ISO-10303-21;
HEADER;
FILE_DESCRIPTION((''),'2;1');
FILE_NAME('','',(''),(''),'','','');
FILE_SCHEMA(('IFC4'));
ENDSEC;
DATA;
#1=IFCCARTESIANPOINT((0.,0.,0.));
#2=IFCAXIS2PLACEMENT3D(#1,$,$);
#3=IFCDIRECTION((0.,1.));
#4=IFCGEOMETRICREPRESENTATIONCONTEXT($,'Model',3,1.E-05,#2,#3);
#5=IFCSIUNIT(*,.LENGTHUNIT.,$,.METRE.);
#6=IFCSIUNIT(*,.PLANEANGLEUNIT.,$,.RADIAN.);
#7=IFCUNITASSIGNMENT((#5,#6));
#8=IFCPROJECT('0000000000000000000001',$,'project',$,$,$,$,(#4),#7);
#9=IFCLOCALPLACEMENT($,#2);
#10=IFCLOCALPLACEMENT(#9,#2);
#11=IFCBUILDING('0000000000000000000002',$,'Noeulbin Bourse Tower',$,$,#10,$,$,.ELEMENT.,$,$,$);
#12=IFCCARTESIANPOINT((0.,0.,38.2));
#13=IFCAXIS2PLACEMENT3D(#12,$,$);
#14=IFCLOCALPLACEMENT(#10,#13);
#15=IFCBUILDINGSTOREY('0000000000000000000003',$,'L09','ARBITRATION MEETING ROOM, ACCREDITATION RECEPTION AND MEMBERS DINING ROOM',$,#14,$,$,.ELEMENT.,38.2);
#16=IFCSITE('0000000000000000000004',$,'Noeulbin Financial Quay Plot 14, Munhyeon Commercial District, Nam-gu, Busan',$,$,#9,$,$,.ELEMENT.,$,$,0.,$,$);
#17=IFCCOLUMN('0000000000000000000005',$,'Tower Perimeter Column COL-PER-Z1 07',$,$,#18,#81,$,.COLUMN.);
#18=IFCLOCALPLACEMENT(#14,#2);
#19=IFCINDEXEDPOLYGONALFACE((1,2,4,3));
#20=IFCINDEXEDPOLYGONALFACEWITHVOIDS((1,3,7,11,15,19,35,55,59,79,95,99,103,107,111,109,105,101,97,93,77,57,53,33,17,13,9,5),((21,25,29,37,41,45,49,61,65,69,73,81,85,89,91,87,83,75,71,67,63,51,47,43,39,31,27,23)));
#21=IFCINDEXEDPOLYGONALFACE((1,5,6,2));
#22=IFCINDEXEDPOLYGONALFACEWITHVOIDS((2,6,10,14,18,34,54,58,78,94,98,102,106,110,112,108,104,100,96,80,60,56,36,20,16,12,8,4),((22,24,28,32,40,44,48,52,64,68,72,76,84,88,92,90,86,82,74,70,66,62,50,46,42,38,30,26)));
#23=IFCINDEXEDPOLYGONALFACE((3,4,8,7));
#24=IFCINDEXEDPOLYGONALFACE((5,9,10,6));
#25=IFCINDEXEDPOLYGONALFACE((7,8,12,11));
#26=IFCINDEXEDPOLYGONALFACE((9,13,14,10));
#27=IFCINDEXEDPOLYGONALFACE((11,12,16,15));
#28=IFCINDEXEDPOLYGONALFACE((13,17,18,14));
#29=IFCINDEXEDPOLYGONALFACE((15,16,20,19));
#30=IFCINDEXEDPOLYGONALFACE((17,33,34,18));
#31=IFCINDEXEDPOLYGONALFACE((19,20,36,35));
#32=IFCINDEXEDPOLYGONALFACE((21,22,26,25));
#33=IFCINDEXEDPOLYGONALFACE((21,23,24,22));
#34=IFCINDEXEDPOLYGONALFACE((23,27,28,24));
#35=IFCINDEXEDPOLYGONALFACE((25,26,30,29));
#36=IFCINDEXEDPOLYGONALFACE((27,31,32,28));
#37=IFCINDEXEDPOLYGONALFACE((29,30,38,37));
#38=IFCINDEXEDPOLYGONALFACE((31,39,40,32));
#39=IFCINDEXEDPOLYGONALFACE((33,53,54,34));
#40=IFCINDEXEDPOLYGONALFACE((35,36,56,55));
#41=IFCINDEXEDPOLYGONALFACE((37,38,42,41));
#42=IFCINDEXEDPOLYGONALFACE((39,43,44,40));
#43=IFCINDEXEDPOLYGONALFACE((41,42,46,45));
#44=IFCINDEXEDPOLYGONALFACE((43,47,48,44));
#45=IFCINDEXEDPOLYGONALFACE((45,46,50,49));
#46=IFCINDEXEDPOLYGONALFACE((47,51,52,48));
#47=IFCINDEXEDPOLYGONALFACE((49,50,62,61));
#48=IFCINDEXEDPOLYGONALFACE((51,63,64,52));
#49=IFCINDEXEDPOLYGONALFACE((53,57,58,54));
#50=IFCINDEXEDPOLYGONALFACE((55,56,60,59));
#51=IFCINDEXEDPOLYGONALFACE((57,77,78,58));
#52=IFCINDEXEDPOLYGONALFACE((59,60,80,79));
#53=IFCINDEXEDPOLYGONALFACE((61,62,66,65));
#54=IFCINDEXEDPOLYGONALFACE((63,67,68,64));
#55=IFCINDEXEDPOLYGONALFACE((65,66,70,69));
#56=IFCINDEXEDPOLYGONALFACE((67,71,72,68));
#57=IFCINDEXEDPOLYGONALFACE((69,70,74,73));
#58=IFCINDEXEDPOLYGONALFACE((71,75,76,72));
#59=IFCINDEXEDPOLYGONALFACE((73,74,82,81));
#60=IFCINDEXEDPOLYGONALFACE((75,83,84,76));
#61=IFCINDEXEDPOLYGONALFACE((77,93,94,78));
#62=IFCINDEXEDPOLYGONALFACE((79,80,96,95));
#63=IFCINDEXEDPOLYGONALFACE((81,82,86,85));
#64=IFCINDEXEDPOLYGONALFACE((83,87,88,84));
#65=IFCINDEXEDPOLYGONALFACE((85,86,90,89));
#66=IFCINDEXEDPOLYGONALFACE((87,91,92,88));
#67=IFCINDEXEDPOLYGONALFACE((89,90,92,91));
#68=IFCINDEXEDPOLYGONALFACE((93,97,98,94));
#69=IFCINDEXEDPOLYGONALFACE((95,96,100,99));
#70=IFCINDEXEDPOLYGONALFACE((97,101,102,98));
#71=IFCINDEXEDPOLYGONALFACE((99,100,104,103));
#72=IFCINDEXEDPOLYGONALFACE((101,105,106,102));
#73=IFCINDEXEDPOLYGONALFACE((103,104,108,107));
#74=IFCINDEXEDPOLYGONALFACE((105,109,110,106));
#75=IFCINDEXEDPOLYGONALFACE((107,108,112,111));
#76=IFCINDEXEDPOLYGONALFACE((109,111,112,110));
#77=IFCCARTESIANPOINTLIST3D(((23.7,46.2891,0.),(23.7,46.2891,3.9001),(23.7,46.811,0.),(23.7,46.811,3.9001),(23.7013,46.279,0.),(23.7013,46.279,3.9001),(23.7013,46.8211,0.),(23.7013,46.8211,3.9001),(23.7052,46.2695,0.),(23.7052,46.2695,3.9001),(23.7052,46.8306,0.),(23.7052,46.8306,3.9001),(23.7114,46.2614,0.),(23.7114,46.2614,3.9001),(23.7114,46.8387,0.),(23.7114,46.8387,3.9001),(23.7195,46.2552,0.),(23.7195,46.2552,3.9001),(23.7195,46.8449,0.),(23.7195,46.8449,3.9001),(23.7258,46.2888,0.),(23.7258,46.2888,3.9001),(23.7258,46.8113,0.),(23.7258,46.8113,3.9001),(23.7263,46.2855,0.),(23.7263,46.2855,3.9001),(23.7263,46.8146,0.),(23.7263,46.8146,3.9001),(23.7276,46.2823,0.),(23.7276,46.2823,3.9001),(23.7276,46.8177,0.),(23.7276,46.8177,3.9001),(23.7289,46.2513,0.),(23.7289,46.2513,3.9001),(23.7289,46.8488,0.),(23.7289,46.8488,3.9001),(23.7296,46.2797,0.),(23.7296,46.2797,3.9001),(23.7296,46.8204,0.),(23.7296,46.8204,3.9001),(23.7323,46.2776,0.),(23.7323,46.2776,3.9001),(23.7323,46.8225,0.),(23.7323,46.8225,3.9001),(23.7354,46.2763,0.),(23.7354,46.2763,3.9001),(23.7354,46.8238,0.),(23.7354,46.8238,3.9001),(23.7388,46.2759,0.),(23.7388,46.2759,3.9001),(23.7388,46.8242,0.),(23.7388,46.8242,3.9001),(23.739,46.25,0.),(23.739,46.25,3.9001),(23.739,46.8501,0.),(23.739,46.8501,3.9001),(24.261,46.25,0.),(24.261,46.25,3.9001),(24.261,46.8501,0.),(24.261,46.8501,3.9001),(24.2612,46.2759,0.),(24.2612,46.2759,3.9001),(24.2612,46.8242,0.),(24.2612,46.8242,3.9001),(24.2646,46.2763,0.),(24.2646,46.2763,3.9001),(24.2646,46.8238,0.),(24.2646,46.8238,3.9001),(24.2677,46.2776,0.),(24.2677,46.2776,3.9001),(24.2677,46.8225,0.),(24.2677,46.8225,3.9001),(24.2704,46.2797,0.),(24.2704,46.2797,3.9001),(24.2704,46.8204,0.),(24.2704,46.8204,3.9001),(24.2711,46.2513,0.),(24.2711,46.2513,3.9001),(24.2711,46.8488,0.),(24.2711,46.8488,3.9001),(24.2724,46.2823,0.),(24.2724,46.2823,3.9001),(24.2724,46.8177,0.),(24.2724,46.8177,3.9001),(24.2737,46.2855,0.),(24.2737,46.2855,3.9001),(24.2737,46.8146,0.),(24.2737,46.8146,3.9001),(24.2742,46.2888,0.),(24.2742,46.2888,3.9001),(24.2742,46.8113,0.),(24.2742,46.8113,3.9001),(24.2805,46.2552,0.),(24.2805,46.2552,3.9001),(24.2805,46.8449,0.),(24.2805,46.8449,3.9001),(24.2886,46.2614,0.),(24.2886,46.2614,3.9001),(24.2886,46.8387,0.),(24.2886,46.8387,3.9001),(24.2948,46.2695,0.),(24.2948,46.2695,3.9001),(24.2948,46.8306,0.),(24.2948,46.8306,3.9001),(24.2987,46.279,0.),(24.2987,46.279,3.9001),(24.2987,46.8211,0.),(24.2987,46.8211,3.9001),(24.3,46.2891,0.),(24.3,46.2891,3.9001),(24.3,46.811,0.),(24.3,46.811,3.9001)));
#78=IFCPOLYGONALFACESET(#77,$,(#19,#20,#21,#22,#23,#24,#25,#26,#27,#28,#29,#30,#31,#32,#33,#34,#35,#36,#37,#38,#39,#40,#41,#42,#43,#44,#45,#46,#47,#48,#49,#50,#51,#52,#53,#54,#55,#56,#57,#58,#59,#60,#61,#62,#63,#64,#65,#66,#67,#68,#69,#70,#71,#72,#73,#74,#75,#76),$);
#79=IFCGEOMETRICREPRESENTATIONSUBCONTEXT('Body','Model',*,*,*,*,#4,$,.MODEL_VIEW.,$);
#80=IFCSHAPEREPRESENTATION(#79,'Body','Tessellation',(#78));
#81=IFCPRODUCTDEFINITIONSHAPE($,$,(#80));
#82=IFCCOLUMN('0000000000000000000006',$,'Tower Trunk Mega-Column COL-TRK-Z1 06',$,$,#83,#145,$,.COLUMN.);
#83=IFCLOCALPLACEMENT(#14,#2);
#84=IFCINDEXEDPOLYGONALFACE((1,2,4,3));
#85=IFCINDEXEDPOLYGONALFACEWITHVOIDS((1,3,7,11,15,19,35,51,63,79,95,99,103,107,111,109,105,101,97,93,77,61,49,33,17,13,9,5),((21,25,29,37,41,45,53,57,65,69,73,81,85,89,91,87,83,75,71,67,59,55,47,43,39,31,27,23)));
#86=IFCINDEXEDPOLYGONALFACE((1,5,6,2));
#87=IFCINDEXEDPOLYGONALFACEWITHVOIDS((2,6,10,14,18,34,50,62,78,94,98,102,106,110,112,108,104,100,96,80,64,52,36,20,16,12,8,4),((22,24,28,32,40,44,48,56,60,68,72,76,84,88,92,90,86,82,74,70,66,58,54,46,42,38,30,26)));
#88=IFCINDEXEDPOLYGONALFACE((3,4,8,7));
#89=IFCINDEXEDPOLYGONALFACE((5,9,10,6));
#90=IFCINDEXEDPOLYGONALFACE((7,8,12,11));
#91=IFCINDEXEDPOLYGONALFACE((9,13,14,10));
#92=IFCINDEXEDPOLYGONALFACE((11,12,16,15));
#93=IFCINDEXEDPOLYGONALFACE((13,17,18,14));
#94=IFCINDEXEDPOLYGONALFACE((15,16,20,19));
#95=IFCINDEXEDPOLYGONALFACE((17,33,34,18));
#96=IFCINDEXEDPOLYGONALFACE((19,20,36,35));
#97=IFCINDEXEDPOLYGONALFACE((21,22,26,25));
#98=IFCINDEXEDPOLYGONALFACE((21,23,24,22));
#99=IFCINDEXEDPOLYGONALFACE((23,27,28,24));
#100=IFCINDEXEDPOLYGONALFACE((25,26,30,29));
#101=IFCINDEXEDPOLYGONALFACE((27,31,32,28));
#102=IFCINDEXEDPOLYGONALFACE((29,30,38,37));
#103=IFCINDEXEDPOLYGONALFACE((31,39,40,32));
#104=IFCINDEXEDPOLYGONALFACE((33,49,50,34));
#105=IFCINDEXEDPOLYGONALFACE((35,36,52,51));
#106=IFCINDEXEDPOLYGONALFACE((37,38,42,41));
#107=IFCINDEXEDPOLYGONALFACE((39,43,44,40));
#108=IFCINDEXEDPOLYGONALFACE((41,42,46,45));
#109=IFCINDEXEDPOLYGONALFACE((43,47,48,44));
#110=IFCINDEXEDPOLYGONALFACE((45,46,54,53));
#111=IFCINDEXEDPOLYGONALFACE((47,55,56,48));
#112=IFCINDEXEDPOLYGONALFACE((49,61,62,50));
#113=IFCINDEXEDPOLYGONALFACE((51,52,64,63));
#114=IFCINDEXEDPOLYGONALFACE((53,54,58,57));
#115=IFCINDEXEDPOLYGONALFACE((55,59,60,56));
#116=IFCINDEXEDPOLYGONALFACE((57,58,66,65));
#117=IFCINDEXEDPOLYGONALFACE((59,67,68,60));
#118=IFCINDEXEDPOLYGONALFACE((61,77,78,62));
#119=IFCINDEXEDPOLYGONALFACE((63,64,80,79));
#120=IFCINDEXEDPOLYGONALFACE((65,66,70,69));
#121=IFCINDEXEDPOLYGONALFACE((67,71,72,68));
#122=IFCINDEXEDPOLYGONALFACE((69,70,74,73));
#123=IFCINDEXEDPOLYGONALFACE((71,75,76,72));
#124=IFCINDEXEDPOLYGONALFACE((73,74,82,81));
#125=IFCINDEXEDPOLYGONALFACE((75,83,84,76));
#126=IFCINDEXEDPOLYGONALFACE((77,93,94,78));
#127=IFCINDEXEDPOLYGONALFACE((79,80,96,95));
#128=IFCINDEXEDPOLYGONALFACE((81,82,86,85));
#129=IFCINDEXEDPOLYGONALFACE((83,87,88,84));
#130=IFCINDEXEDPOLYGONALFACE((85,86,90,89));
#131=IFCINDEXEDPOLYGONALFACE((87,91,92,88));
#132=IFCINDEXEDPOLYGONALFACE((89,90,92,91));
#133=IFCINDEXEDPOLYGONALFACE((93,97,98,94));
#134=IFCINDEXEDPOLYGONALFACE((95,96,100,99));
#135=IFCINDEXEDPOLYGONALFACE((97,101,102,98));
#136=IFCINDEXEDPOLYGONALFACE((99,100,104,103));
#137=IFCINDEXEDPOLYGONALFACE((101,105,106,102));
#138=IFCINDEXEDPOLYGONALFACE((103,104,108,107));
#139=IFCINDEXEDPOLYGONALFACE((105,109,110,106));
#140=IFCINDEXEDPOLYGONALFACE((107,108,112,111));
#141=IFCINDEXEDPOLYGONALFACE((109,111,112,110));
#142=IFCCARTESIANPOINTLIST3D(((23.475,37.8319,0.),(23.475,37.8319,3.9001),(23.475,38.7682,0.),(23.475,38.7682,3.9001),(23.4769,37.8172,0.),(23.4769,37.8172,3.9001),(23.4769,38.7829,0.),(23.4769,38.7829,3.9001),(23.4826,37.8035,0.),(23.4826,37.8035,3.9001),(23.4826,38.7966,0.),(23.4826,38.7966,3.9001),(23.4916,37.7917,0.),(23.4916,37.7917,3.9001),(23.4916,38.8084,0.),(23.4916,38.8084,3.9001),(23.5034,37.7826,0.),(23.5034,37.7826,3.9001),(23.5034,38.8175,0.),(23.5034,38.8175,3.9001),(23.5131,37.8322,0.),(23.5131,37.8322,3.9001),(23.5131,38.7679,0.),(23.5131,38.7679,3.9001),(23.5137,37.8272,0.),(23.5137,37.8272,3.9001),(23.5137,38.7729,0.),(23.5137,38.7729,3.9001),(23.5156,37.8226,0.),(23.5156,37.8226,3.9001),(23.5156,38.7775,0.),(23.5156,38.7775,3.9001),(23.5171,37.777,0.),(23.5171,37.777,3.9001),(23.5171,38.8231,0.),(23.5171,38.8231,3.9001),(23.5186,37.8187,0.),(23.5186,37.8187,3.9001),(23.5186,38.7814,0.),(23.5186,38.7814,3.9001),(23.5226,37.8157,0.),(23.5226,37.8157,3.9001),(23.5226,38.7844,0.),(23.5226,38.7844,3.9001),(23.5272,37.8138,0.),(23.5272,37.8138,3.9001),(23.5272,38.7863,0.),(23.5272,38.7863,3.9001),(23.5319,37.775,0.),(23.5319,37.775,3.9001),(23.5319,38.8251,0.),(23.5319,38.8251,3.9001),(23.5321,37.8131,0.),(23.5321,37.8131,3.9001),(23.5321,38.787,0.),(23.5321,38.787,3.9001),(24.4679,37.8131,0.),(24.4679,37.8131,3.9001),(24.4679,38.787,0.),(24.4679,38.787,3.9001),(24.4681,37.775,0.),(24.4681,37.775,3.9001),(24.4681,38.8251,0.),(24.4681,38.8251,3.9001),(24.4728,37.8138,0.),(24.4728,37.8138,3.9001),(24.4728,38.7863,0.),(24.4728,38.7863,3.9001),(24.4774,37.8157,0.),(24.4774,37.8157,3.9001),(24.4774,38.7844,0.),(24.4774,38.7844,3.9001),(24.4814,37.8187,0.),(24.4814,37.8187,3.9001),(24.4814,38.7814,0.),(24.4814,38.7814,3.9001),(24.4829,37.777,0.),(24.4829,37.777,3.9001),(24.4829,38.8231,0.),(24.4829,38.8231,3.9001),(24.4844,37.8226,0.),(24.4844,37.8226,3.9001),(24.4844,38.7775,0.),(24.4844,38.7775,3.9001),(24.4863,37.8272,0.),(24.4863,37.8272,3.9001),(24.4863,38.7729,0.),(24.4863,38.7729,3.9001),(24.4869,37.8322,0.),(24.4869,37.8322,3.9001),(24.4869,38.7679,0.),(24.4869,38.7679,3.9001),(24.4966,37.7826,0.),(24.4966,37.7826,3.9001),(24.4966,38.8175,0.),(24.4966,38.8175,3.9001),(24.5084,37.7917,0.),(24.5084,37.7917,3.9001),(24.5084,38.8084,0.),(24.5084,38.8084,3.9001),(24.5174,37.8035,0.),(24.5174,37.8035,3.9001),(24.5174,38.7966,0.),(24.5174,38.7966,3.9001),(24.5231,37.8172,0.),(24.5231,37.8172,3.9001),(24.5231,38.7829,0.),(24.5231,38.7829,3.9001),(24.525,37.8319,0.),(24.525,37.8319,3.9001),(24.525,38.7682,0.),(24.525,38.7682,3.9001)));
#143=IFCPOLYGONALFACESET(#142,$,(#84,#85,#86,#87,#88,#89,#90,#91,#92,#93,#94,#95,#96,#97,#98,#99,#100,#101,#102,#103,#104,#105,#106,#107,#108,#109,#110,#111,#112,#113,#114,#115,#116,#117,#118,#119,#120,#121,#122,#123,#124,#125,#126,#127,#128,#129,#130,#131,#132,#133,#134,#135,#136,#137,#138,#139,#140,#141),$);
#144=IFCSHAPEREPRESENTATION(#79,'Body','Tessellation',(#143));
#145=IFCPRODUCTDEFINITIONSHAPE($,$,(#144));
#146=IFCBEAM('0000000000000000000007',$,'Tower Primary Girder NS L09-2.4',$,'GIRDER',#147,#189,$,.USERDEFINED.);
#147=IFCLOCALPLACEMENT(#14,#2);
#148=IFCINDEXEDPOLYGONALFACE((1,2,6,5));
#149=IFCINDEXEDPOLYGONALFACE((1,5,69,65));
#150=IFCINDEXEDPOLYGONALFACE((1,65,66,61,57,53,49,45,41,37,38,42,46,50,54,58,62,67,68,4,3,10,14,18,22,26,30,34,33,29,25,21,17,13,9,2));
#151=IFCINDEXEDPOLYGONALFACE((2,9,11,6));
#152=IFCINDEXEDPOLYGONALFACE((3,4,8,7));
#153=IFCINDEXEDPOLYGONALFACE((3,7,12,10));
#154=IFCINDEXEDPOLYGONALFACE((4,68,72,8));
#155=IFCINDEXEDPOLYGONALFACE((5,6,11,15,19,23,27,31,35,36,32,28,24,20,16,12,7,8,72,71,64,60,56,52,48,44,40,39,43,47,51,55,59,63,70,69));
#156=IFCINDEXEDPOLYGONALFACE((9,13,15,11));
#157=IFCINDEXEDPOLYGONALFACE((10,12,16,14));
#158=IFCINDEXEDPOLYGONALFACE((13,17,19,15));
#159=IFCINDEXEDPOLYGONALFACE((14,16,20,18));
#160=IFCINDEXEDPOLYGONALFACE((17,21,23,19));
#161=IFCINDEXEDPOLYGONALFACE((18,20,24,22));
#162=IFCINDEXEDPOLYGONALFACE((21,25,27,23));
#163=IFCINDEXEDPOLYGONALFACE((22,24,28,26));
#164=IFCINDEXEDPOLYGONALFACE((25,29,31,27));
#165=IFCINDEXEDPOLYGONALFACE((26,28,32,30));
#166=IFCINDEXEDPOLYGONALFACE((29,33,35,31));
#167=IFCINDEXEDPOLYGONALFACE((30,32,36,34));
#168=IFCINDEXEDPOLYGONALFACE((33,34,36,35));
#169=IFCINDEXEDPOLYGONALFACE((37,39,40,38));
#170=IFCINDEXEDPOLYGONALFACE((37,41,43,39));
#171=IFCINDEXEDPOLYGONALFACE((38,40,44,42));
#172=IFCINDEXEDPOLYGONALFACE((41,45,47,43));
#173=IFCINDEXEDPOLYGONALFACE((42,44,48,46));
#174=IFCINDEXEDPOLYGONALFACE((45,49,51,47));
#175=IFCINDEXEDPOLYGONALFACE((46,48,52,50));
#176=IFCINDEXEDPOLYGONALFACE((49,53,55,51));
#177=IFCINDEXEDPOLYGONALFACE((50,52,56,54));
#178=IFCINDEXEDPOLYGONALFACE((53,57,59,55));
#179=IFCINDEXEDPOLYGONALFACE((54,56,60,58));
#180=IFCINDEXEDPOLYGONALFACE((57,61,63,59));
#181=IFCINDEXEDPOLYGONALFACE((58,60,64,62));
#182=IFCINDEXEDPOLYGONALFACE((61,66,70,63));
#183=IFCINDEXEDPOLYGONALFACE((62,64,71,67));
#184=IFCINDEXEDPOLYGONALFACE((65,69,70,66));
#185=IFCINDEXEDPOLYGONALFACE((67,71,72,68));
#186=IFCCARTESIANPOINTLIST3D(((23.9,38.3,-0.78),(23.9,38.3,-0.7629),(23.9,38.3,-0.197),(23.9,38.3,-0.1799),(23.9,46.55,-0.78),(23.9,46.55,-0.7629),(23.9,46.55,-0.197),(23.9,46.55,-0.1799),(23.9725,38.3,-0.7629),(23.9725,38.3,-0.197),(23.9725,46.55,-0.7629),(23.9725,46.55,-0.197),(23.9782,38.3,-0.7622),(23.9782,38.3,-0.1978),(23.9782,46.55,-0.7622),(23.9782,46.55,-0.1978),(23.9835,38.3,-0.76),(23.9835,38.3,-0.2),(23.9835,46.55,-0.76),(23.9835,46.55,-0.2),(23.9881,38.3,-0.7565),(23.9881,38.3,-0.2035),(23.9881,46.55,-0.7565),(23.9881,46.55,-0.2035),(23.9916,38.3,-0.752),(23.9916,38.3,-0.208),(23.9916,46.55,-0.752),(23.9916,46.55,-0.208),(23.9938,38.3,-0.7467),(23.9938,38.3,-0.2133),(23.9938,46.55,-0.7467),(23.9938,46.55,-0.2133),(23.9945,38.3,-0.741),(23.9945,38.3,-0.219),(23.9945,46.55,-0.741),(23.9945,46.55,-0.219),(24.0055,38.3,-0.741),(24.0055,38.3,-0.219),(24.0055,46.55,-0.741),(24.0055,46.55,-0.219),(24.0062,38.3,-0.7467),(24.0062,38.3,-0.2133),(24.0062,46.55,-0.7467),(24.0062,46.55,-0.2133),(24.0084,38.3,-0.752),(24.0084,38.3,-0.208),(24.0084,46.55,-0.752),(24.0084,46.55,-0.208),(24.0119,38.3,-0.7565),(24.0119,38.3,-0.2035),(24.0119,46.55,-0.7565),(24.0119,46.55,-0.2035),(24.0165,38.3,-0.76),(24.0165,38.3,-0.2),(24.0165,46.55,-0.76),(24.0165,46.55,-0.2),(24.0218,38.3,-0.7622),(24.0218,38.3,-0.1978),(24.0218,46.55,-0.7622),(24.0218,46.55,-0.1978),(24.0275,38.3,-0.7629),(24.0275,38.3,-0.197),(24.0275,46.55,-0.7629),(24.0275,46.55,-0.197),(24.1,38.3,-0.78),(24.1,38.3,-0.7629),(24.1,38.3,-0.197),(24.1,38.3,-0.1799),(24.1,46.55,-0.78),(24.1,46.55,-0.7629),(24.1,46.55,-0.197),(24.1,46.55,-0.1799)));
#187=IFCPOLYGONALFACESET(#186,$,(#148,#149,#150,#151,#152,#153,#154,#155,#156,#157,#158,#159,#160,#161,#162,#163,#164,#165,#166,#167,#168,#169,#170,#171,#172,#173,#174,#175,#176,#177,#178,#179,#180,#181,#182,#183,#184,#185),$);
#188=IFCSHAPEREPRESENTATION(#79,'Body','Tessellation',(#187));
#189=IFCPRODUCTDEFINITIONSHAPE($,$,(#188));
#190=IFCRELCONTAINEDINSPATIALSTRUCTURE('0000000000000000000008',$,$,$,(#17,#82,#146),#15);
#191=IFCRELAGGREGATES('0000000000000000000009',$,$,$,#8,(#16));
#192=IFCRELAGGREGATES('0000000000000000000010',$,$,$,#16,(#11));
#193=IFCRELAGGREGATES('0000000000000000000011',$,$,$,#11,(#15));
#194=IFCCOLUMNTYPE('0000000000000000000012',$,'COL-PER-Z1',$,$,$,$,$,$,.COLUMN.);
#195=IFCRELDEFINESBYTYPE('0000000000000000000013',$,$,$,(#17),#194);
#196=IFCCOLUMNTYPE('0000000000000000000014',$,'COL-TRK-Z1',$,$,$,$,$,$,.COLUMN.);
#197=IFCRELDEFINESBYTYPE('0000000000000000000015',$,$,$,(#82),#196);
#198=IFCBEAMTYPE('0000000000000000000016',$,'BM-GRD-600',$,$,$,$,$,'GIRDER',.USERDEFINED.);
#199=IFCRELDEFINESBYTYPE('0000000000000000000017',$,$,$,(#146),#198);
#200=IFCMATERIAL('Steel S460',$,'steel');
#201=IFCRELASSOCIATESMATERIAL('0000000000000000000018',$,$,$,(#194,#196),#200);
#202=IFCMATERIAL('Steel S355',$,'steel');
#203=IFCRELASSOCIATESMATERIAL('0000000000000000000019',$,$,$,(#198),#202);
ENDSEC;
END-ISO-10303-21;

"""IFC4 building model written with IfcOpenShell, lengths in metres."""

from ifc_helpers import new_model, si_unit, direction, frame, origin, origin_2d, place, context, subcontext, project, spatial, hollow_rectangle, i_section, extrude, material, material_profile, profile_set, type_object, element, save


model = new_model("IFC4")

# Units and contexts
model_context = context("Model", 3, precision=1e-05, world=origin(), true_north=direction((0.0, 1.0)))
body_context = subcontext(model_context, "Body", "Model", "MODEL_VIEW")
ifc_project = project(units=[si_unit("LENGTHUNIT", "METRE"), si_unit("PLANEANGLEUNIT", "RADIAN")], contexts=[model_context])

# Site, building, storey
site_placement = place(None, origin())
site = spatial("IfcSite", under=ifc_project, at=site_placement, Name="Noeulbin Financial Quay Plot 14, Munhyeon Commercial District, Nam-gu, Busan", CompositionType="ELEMENT", RefElevation=0.0)
building_placement = place(site_placement, origin())
building = spatial("IfcBuilding", under=site, at=building_placement, Name="Noeulbin Bourse Tower", CompositionType="ELEMENT")
storey_placement = place(building_placement, frame((0.0, 0.0, 38.2)))
storey = spatial("IfcBuildingStorey", under=building, at=storey_placement, Name="L09", Description="ARBITRATION MEETING ROOM, ACCREDITATION RECEPTION AND MEMBERS DINING ROOM", CompositionType="ELEMENT", Elevation=38.2)

# Columns
ifc_material_1 = material(Name="Steel S460", Category="steel")
ifc_material_profile_1 = material_profile(ifc_material_1, hollow_rectangle(XDim=0.6001, YDim=0.6001, WallThickness=0.0259, InnerFilletRadius=0.0129, OuterFilletRadius=0.0391, at=origin_2d()), Name="BOX-600x600x26", Category="LoadBearing")
ifc_profile_set_1 = profile_set([ifc_material_profile_1], Name="Steel S460")
column_type_1 = type_object("IfcColumnType", Name="COL-PER-Z1", PredefinedType="COLUMN", material=ifc_profile_set_1)
column_1_placement = place(storey_placement, frame((24.0, 46.55, 0.0), z_axis=(0.0, 0.0, 1.0), x_axis=(1.0, 0.0, 0.0)))
element("IfcColumn", 1, at=column_1_placement, inside=storey, type_object=column_type_1, Name="Tower Perimeter Column COL-PER-Z1 07", PredefinedType="COLUMN", context=body_context, shape_type="SweptSolid", body=[
    extrude(hollow_rectangle(XDim=0.6001, YDim=0.6001, WallThickness=0.0259, InnerFilletRadius=0.0129, OuterFilletRadius=0.0391, at=origin_2d()), origin(), (0.0, 0.0, 1.0), 3.9001),
])
ifc_material_profile_2 = material_profile(ifc_material_1, hollow_rectangle(XDim=1.05, YDim=1.05, WallThickness=0.0381, InnerFilletRadius=0.019, OuterFilletRadius=0.0569, at=origin_2d()), Name="BOX-1050x1050x38", Category="LoadBearing")
ifc_profile_set_2 = profile_set([ifc_material_profile_2], Name="Steel S460")
column_type_2 = type_object("IfcColumnType", Name="COL-TRK-Z1", PredefinedType="COLUMN", material=ifc_profile_set_2)
column_2_placement = place(storey_placement, frame((24.0, 38.3, 0.0), z_axis=(0.0, 0.0, 1.0), x_axis=(1.0, 0.0, 0.0)))
element("IfcColumn", 2, at=column_2_placement, inside=storey, type_object=column_type_2, Name="Tower Trunk Mega-Column COL-TRK-Z1 06", PredefinedType="COLUMN", context=body_context, shape_type="SweptSolid", body=[
    extrude(hollow_rectangle(XDim=1.05, YDim=1.05, WallThickness=0.0381, InnerFilletRadius=0.019, OuterFilletRadius=0.0569, at=origin_2d()), origin(), (0.0, 0.0, 1.0), 3.9001),
])

# Beam
ifc_material_2 = material(Name="Steel S355", Category="steel")
ifc_material_profile_3 = material_profile(ifc_material_2, i_section(OverallWidth=0.2, OverallDepth=0.6001, WebThickness=0.011, FlangeThickness=0.0171, FilletRadius=0.022, at=origin_2d()), Name="H-600x200x11x17", Category="LoadBearing")
ifc_profile_set_3 = profile_set([ifc_material_profile_3], Name="Steel S355")
beam_type_1 = type_object("IfcBeamType", Name="BM-GRD-600", ElementType="GIRDER", PredefinedType="USERDEFINED", material=ifc_profile_set_3)
beam_1_placement = place(storey_placement, frame((24.0, 38.3, -0.48), z_axis=(0.0, 1.0, 0.0), x_axis=(-1.0, 0.0, 0.0)))
element("IfcBeam", 3, at=beam_1_placement, inside=storey, type_object=beam_type_1, Name="Tower Primary Girder NS L09-2.4", ObjectType="GIRDER", PredefinedType="USERDEFINED", context=body_context, shape_type="SweptSolid", body=[
    extrude(i_section(OverallWidth=0.2, OverallDepth=0.6001, WebThickness=0.011, FlangeThickness=0.0171, FilletRadius=0.022, at=origin_2d()), origin(), (0.0, 0.0, 1.0), 8.25),
])

save(model, "model.ifc")
